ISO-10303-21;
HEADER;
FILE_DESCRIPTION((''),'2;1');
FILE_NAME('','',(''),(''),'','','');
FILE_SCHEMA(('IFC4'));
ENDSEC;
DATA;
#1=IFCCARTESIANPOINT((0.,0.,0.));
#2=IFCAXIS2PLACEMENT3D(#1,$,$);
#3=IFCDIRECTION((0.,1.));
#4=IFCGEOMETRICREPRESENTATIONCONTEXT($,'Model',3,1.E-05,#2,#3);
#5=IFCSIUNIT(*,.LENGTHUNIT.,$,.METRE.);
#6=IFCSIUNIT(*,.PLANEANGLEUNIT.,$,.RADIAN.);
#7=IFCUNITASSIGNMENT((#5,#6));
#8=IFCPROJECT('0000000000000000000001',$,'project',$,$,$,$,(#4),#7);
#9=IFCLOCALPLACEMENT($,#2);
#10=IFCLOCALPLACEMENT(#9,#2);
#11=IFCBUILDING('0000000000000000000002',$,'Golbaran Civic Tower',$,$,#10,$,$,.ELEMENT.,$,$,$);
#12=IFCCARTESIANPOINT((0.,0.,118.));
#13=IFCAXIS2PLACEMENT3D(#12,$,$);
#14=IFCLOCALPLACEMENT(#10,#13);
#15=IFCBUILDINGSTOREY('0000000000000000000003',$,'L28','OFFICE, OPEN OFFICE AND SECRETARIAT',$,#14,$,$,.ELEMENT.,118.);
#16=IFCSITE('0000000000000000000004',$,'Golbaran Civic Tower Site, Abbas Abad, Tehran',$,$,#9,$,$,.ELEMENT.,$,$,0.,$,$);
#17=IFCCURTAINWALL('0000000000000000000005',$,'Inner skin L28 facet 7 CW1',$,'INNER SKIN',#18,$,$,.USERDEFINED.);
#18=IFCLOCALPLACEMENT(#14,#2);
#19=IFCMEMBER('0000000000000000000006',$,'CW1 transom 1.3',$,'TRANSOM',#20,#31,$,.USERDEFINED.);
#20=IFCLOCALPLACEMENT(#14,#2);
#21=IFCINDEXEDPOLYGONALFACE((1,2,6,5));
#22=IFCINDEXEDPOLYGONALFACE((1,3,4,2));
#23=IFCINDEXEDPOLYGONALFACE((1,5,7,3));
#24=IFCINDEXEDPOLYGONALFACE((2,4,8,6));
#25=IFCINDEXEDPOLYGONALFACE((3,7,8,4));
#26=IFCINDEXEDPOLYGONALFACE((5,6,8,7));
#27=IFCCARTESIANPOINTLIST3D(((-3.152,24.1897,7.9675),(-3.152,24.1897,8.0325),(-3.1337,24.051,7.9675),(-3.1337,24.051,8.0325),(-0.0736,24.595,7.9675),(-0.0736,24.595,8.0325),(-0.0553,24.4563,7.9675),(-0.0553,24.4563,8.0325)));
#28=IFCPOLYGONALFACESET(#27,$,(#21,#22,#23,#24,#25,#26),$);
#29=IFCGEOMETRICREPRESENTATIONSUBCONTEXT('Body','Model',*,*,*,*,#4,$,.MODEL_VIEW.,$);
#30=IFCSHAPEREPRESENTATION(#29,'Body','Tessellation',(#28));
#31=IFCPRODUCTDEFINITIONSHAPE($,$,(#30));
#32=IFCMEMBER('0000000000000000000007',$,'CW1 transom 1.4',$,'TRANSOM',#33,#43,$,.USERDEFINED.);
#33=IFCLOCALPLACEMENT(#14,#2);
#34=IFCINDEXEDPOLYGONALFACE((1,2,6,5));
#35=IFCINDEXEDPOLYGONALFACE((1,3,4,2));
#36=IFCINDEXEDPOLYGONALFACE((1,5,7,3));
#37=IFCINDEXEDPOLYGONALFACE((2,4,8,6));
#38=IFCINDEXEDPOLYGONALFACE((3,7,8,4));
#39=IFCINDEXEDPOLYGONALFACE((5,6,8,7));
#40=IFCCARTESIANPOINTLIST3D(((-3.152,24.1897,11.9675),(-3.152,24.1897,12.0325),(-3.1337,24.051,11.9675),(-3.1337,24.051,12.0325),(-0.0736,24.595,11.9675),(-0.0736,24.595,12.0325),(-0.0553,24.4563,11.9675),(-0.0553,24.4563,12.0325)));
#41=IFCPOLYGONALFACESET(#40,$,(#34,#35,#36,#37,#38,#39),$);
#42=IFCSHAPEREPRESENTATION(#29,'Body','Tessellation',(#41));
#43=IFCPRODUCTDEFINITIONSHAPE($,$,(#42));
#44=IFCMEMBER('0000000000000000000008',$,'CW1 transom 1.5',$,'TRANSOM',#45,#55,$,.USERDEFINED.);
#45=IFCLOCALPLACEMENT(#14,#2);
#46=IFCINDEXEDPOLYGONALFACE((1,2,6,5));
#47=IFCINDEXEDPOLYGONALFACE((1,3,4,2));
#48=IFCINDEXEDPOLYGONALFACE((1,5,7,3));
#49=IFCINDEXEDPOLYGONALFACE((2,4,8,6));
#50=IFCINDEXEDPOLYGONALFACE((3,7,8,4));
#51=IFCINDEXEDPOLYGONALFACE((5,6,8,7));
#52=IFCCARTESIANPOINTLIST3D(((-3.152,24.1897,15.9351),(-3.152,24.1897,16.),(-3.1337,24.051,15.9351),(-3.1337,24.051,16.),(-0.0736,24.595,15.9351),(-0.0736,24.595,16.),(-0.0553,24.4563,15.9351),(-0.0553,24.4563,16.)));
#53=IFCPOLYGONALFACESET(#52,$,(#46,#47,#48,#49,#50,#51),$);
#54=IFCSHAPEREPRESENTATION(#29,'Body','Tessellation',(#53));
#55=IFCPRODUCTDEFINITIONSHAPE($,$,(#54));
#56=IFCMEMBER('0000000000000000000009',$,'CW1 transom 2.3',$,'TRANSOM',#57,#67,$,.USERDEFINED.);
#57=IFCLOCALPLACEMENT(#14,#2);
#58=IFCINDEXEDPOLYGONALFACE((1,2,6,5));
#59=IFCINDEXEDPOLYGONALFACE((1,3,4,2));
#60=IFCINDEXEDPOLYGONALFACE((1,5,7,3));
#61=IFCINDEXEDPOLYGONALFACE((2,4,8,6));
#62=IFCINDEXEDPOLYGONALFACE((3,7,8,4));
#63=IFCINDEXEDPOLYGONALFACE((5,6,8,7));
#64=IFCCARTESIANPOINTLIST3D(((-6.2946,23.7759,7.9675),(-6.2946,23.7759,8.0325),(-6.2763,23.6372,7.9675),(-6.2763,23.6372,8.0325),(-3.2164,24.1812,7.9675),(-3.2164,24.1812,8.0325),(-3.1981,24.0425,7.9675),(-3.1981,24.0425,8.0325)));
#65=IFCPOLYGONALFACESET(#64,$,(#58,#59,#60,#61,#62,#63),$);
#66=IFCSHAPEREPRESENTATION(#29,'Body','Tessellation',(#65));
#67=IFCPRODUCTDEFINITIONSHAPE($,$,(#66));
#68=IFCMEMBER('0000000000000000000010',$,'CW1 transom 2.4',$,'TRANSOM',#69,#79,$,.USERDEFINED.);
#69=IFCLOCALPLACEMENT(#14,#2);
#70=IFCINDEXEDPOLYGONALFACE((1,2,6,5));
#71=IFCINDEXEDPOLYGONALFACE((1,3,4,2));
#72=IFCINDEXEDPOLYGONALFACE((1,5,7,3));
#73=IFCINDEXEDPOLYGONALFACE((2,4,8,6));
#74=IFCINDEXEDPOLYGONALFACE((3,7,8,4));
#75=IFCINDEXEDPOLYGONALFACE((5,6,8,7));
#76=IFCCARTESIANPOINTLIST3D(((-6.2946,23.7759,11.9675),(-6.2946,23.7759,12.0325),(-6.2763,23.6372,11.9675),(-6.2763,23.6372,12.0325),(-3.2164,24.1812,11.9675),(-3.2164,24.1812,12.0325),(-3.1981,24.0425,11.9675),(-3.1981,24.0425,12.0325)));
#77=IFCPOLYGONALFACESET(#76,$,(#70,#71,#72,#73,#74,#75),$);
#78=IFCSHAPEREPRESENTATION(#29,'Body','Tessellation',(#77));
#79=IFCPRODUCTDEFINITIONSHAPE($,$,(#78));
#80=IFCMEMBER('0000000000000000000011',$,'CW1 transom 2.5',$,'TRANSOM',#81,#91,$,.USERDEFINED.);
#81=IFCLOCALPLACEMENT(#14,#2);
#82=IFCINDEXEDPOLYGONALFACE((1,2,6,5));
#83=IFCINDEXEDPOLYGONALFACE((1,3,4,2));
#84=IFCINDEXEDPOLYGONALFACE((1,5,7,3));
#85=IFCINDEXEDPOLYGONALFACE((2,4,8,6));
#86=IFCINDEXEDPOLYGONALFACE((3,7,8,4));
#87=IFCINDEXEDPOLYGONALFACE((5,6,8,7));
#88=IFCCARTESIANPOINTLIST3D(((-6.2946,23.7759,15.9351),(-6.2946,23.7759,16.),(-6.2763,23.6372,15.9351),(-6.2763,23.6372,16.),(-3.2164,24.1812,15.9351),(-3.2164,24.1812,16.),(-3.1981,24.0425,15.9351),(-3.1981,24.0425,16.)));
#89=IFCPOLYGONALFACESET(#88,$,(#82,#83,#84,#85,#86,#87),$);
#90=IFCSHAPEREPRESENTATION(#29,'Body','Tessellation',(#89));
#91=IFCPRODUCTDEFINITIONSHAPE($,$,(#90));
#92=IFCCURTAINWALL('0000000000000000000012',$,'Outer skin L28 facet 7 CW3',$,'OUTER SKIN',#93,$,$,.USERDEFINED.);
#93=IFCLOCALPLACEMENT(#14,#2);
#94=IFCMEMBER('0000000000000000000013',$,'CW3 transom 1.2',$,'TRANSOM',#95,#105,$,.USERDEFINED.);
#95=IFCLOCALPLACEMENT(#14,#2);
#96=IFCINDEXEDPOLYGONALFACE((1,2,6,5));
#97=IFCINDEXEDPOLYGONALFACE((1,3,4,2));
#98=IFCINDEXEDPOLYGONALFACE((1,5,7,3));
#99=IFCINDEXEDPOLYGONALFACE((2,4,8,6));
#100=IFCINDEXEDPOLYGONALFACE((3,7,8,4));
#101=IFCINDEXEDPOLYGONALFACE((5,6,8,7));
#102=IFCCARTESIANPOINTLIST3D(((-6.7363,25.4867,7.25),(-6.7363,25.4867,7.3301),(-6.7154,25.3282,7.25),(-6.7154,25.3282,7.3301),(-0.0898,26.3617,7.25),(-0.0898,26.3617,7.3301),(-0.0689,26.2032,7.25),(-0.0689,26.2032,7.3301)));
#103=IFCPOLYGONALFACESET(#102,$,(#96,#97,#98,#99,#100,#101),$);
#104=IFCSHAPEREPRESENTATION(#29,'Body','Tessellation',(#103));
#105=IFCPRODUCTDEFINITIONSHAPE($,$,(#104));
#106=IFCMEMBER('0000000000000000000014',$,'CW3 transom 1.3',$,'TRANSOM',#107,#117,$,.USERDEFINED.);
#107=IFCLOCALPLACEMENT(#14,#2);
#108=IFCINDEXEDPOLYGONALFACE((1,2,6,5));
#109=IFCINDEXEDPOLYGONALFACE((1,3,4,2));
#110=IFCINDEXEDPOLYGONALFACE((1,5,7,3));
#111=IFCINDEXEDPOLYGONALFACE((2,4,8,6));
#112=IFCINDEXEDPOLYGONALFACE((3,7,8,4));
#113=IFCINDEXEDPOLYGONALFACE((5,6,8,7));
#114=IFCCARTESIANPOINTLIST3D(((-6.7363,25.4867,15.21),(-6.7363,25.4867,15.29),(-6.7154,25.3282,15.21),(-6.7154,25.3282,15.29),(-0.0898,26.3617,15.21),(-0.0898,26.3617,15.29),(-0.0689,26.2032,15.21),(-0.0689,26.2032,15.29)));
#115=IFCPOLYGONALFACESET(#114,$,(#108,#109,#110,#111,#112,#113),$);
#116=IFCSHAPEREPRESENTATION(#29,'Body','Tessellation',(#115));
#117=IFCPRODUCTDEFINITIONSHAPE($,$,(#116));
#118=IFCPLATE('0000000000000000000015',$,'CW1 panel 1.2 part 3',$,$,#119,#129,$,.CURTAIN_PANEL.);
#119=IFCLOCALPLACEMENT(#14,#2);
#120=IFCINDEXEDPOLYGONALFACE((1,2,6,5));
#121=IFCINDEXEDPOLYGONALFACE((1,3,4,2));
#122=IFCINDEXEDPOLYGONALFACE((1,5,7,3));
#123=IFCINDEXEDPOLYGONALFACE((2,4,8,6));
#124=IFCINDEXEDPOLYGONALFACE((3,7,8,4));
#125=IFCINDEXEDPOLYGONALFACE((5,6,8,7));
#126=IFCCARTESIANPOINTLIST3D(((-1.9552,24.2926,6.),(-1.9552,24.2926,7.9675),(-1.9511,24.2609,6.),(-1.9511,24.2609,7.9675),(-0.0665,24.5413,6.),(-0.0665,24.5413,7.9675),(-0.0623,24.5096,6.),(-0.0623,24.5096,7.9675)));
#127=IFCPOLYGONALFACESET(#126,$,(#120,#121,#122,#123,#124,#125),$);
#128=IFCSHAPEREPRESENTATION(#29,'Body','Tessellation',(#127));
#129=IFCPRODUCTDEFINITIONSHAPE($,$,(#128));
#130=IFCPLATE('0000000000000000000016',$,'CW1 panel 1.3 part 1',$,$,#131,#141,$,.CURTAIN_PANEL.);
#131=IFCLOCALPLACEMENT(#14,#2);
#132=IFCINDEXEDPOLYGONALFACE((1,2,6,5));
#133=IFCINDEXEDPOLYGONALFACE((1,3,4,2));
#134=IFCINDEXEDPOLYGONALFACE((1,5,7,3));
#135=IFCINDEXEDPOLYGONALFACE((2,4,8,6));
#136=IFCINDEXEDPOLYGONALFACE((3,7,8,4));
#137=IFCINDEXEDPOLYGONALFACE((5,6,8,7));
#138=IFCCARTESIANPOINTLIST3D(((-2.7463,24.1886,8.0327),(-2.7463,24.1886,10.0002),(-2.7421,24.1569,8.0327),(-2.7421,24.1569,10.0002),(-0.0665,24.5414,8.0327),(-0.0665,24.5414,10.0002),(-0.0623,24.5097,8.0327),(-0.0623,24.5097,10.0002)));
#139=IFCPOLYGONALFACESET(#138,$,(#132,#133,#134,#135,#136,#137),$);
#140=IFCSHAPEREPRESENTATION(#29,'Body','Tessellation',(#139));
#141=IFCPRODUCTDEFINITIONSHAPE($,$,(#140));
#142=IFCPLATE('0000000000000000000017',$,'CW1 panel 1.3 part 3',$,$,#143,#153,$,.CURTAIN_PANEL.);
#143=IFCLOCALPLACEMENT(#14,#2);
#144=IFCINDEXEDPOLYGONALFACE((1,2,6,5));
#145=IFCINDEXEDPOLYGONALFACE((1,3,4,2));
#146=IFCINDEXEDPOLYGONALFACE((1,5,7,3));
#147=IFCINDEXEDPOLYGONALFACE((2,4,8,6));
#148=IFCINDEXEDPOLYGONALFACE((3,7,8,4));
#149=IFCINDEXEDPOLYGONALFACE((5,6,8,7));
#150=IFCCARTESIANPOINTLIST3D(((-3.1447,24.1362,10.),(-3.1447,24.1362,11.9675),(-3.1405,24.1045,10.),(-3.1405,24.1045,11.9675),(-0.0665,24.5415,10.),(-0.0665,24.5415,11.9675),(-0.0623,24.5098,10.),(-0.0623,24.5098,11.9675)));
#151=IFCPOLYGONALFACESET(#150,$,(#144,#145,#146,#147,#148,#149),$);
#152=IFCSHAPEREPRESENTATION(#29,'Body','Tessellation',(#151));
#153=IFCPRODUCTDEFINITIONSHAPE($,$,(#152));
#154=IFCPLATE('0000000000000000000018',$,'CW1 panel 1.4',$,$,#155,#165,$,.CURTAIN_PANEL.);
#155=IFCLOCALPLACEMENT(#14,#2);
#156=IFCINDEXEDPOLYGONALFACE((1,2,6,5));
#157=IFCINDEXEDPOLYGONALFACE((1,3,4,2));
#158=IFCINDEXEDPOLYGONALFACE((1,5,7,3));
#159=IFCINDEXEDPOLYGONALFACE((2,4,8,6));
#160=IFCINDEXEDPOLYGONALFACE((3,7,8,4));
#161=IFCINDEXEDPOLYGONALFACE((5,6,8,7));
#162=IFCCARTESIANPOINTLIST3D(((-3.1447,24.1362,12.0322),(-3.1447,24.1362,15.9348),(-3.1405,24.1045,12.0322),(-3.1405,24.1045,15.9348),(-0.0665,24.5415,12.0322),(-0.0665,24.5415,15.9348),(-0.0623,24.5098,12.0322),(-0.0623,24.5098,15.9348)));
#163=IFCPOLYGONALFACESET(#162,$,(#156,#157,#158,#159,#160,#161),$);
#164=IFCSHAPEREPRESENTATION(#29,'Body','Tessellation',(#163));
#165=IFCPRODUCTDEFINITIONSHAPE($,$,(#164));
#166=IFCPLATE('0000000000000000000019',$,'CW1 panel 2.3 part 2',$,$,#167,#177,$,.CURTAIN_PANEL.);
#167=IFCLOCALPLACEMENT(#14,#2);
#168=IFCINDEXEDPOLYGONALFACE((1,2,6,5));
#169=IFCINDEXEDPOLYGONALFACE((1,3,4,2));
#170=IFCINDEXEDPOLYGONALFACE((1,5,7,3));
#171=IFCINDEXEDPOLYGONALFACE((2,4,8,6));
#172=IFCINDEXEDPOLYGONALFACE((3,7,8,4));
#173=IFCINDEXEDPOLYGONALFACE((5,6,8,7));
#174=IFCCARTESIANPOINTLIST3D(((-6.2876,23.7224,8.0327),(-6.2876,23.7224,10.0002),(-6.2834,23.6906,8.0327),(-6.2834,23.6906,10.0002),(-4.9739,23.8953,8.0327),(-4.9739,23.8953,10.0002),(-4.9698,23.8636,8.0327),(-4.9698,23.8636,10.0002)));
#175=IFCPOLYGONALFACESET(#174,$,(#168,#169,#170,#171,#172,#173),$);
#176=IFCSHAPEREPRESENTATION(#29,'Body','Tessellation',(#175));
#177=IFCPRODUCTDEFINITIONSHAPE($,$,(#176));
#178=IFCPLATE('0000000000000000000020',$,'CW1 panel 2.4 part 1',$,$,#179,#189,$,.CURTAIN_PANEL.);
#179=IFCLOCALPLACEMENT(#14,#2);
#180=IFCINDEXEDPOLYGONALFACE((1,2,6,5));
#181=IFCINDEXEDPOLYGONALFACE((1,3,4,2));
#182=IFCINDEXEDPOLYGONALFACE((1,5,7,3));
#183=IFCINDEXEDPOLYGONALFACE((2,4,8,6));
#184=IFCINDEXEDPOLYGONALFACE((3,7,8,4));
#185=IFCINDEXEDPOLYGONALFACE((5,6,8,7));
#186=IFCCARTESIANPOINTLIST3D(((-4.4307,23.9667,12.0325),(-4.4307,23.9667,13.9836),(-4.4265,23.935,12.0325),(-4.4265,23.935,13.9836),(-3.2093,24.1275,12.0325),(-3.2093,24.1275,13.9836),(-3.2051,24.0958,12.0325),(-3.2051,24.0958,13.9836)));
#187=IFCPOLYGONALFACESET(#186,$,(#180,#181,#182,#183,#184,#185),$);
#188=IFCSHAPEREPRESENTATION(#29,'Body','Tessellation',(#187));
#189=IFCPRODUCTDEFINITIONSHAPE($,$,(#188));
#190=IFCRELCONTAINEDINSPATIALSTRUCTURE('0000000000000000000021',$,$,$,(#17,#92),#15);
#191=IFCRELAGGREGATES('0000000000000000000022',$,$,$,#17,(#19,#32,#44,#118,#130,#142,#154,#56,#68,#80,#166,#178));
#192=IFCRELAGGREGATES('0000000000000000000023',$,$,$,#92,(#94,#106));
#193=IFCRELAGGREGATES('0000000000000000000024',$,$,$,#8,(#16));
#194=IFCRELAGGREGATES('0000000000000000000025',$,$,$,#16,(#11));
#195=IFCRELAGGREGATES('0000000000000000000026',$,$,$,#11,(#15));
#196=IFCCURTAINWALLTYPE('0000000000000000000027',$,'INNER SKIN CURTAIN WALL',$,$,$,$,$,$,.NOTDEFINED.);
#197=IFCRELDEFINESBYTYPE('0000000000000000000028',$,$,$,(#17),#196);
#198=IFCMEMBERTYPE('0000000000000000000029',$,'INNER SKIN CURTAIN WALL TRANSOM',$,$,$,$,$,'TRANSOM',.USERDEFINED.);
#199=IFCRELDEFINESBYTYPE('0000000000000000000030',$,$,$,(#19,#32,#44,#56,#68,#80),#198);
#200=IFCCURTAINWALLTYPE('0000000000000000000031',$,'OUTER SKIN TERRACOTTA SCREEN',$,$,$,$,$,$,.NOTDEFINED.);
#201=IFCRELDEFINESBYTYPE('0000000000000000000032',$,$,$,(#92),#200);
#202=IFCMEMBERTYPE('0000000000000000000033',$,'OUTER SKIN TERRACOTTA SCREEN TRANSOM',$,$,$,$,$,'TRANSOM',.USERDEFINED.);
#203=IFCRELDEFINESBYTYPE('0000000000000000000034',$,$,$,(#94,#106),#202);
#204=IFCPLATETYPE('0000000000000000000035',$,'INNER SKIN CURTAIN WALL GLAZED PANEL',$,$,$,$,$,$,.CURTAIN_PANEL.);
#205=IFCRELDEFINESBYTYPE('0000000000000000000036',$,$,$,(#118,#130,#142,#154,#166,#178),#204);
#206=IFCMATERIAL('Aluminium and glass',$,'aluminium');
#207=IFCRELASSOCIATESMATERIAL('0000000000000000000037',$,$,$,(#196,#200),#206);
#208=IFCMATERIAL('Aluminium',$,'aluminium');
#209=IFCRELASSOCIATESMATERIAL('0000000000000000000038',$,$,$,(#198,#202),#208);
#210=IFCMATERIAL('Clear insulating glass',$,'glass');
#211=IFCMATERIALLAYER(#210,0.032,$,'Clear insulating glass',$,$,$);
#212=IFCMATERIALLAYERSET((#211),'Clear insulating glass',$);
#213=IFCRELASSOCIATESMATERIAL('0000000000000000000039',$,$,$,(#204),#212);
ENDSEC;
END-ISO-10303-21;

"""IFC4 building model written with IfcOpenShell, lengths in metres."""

from ifc_helpers import new_model, si_unit, direction, frame, origin, origin_2d, place, context, subcontext, project, spatial, rectangle, extrude, material, layer, layer_set, material_profile, profile_set, type_object, element, aggregate, save


model = new_model("IFC4")

# Units and contexts
model_context = context("Model", 3, precision=1e-05, world=origin(), true_north=direction((0.0, 1.0)))
body_context = subcontext(model_context, "Body", "Model", "MODEL_VIEW")
ifc_project = project(units=[si_unit("LENGTHUNIT", "METRE"), si_unit("PLANEANGLEUNIT", "RADIAN")], contexts=[model_context])

# Site, building, storey
site_placement = place(None, origin())
site = spatial("IfcSite", under=ifc_project, at=site_placement, Name="Golbaran Civic Tower Site, Abbas Abad, Tehran", CompositionType="ELEMENT", RefElevation=0.0)
building_placement = place(site_placement, origin())
building = spatial("IfcBuilding", under=site, at=building_placement, Name="Golbaran Civic Tower", CompositionType="ELEMENT")
storey_placement = place(building_placement, frame((0.0, 0.0, 118.0)))
storey = spatial("IfcBuildingStorey", under=building, at=storey_placement, Name="L28", Description="OFFICE, OPEN OFFICE AND SECRETARIAT", CompositionType="ELEMENT", Elevation=118.0)

# Curtain walls, members
ifc_material_1 = material(Name="Aluminium and glass", Category="aluminium")
curtain_wall_type_1 = type_object("IfcCurtainWallType", Name="INNER SKIN CURTAIN WALL", PredefinedType="NOTDEFINED", material=ifc_material_1)
curtain_wall_1_placement = place(storey_placement, origin())
curtain_wall_1 = element("IfcCurtainWall", 1, at=curtain_wall_1_placement, inside=storey, type_object=curtain_wall_type_1, Name="Inner skin L28 facet 7 CW1", ObjectType="INNER SKIN", PredefinedType="USERDEFINED")
ifc_material_2 = material(Name="Aluminium", Category="aluminium")
ifc_material_profile_1 = material_profile(ifc_material_2, rectangle(XDim=0.1399, YDim=0.0649, at=origin_2d()), Name="INNER SKIN CURTAIN WALL TRANSOM")
ifc_profile_set_1 = profile_set([ifc_material_profile_1], Name="Aluminium")
member_type_1 = type_object("IfcMemberType", Name="INNER SKIN CURTAIN WALL TRANSOM", ElementType="TRANSOM", PredefinedType="USERDEFINED", material=ifc_profile_set_1)
member_1_placement = place(storey_placement, frame((-0.0645, 24.5256, 8.0), z_axis=(-0.991445, -0.130526, 0.0), x_axis=(0.130526, -0.991445, 0.0)))
member_1 = element("IfcMember", 2, at=member_1_placement, type_object=member_type_1, Name="CW1 transom 1.3", ObjectType="TRANSOM", PredefinedType="USERDEFINED", context=body_context, shape_type="SweptSolid", body=[
    extrude(rectangle(XDim=0.1399, YDim=0.0649, at=origin_2d()), origin(), (0.0, 0.0, 1.0), 3.105),
])
member_2_placement = place(storey_placement, frame((-0.0645, 24.5256, 12.0), z_axis=(-0.991445, -0.130526, 0.0), x_axis=(0.130526, -0.991445, 0.0)))
member_2 = element("IfcMember", 3, at=member_2_placement, type_object=member_type_1, Name="CW1 transom 1.4", ObjectType="TRANSOM", PredefinedType="USERDEFINED", context=body_context, shape_type="SweptSolid", body=[
    extrude(rectangle(XDim=0.1399, YDim=0.0649, at=origin_2d()), origin(), (0.0, 0.0, 1.0), 3.105),
])
member_3_placement = place(storey_placement, frame((-0.0645, 24.5256, 15.9675), z_axis=(-0.991445, -0.130526, 0.0), x_axis=(0.130526, -0.991445, 0.0)))
member_3 = element("IfcMember", 4, at=member_3_placement, type_object=member_type_1, Name="CW1 transom 1.5", ObjectType="TRANSOM", PredefinedType="USERDEFINED", context=body_context, shape_type="SweptSolid", body=[
    extrude(rectangle(XDim=0.1399, YDim=0.0649, at=origin_2d()), origin(), (0.0, 0.0, 1.0), 3.105),
])
member_4_placement = place(storey_placement, frame((-3.2073, 24.1118, 8.0), z_axis=(-0.991444, -0.130536, 0.0), x_axis=(0.130536, -0.991444, 0.0)))
member_4 = element("IfcMember", 5, at=member_4_placement, type_object=member_type_1, Name="CW1 transom 2.3", ObjectType="TRANSOM", PredefinedType="USERDEFINED", context=body_context, shape_type="SweptSolid", body=[
    extrude(rectangle(XDim=0.1399, YDim=0.0649, at=origin_2d()), origin(), (0.0, 0.0, 1.0), 3.1047),
])
member_5_placement = place(storey_placement, frame((-3.2073, 24.1118, 12.0), z_axis=(-0.991444, -0.130536, 0.0), x_axis=(0.130536, -0.991444, 0.0)))
member_5 = element("IfcMember", 6, at=member_5_placement, type_object=member_type_1, Name="CW1 transom 2.4", ObjectType="TRANSOM", PredefinedType="USERDEFINED", context=body_context, shape_type="SweptSolid", body=[
    extrude(rectangle(XDim=0.1399, YDim=0.0649, at=origin_2d()), origin(), (0.0, 0.0, 1.0), 3.1047),
])
member_6_placement = place(storey_placement, frame((-3.2073, 24.1118, 15.9675), z_axis=(-0.991444, -0.130536, 0.0), x_axis=(0.130536, -0.991444, 0.0)))
member_6 = element("IfcMember", 7, at=member_6_placement, type_object=member_type_1, Name="CW1 transom 2.5", ObjectType="TRANSOM", PredefinedType="USERDEFINED", context=body_context, shape_type="SweptSolid", body=[
    extrude(rectangle(XDim=0.1399, YDim=0.0649, at=origin_2d()), origin(), (0.0, 0.0, 1.0), 3.1047),
])
curtain_wall_type_2 = type_object("IfcCurtainWallType", Name="OUTER SKIN TERRACOTTA SCREEN", PredefinedType="NOTDEFINED", material=ifc_material_1)
curtain_wall_2_placement = place(storey_placement, origin())
curtain_wall_2 = element("IfcCurtainWall", 8, at=curtain_wall_2_placement, inside=storey, type_object=curtain_wall_type_2, Name="Outer skin L28 facet 7 CW3", ObjectType="OUTER SKIN", PredefinedType="USERDEFINED")
ifc_material_profile_2 = material_profile(ifc_material_2, rectangle(XDim=0.1599, YDim=0.0801, at=origin_2d()), Name="OUTER SKIN TERRACOTTA SCREEN TRANSOM")
ifc_profile_set_2 = profile_set([ifc_material_profile_2], Name="Aluminium")
member_type_2 = type_object("IfcMemberType", Name="OUTER SKIN TERRACOTTA SCREEN TRANSOM", ElementType="TRANSOM", PredefinedType="USERDEFINED", material=ifc_profile_set_2)
member_7_placement = place(storey_placement, frame((-0.0793, 26.2825, 7.29), z_axis=(-0.991445, -0.130522, 0.0), x_axis=(0.130522, -0.991445, 0.0)))
member_7 = element("IfcMember", 9, at=member_7_placement, type_object=member_type_2, Name="CW3 transom 1.2", ObjectType="TRANSOM", PredefinedType="USERDEFINED", context=body_context, shape_type="SweptSolid", body=[
    extrude(rectangle(XDim=0.1599, YDim=0.0801, at=origin_2d()), origin(), (0.0, 0.0, 1.0), 6.7039),
])
member_8_placement = place(storey_placement, frame((-0.0793, 26.2825, 15.25), z_axis=(-0.991445, -0.130522, 0.0), x_axis=(0.130522, -0.991445, 0.0)))
member_8 = element("IfcMember", 10, at=member_8_placement, type_object=member_type_2, Name="CW3 transom 1.3", ObjectType="TRANSOM", PredefinedType="USERDEFINED", context=body_context, shape_type="SweptSolid", body=[
    extrude(rectangle(XDim=0.1599, YDim=0.0801, at=origin_2d()), origin(), (0.0, 0.0, 1.0), 6.7039),
])

# Plates
ifc_material_3 = material(Name="Clear insulating glass", Category="glass")
ifc_layer_1 = layer(ifc_material_3, 0.032, Name="Clear insulating glass")
ifc_layer_set_1 = layer_set([ifc_layer_1], Name="Clear insulating glass")
plate_type_1 = type_object("IfcPlateType", Name="INNER SKIN CURTAIN WALL GLAZED PANEL", PredefinedType="CURTAIN_PANEL", material=ifc_layer_set_1)
plate_1_placement = place(storey_placement, frame((-1.0088, 24.4011, 6.0), z_axis=(0.0, 0.0, 1.0), x_axis=(-0.991445, -0.130526, 0.0)))
plate_1 = element("IfcPlate", 11, at=plate_1_placement, type_object=plate_type_1, Name="CW1 panel 1.2 part 3", PredefinedType="CURTAIN_PANEL", context=body_context, shape_type="SweptSolid", body=[
    extrude(rectangle(XDim=1.905, YDim=0.032, at=origin_2d()), origin(), (0.0, 0.0, 1.0), 1.9675),
])
plate_2_placement = place(storey_placement, frame((-1.4043, 24.3491, 8.0327), z_axis=(0.0, 0.0, 1.0), x_axis=(-0.991445, -0.130526, 0.0)))
plate_2 = element("IfcPlate", 12, at=plate_2_placement, type_object=plate_type_1, Name="CW1 panel 1.3 part 1", PredefinedType="CURTAIN_PANEL", context=body_context, shape_type="SweptSolid", body=[
    extrude(rectangle(XDim=2.7029, YDim=0.032, at=origin_2d()), origin(), (0.0, 0.0, 1.0), 1.9675),
])
plate_3_placement = place(storey_placement, frame((-1.6035, 24.323, 10.0), z_axis=(0.0, 0.0, 1.0), x_axis=(-0.991445, -0.130526, 0.0)))
plate_3 = element("IfcPlate", 13, at=plate_3_placement, type_object=plate_type_1, Name="CW1 panel 1.3 part 3", PredefinedType="CURTAIN_PANEL", context=body_context, shape_type="SweptSolid", body=[
    extrude(rectangle(XDim=3.1047, YDim=0.032, at=origin_2d()), origin(), (0.0, 0.0, 1.0), 1.9675),
])
plate_4_placement = place(storey_placement, frame((-1.6035, 24.323, 12.0322), z_axis=(0.0, 0.0, 1.0), x_axis=(-0.991445, -0.130526, 0.0)))
plate_4 = element("IfcPlate", 14, at=plate_4_placement, type_object=plate_type_1, Name="CW1 panel 1.4", PredefinedType="CURTAIN_PANEL", context=body_context, shape_type="SweptSolid", body=[
    extrude(rectangle(XDim=3.1047, YDim=0.032, at=origin_2d()), origin(), (0.0, 0.0, 1.0), 3.9026),
])
plate_5_placement = place(storey_placement, frame((-5.6287, 23.793, 8.0327), z_axis=(0.0, 0.0, 1.0), x_axis=(-0.991445, -0.130526, 0.0)))
plate_5 = element("IfcPlate", 15, at=plate_5_placement, type_object=plate_type_1, Name="CW1 panel 2.3 part 2", PredefinedType="CURTAIN_PANEL", context=body_context, shape_type="SweptSolid", body=[
    extrude(rectangle(XDim=1.325, YDim=0.032, at=origin_2d()), origin(), (0.0, 0.0, 1.0), 1.9675),
])
plate_6_placement = place(storey_placement, frame((-3.8179, 24.0312, 12.0325), z_axis=(0.0, 0.0, 1.0), x_axis=(-0.991445, -0.130526, 0.0)))
plate_6 = element("IfcPlate", 16, at=plate_6_placement, type_object=plate_type_1, Name="CW1 panel 2.4 part 1", PredefinedType="CURTAIN_PANEL", context=body_context, shape_type="SweptSolid", body=[
    extrude(rectangle(XDim=1.2319, YDim=0.032, at=origin_2d()), origin(), (0.0, 0.0, 1.0), 1.9512),
])
aggregate(curtain_wall_1, [member_1, member_2, member_3, plate_1, plate_2, plate_3, plate_4, member_4, member_5, member_6, plate_5, plate_6])
aggregate(curtain_wall_2, [member_7, member_8])

save(model, "model.ifc")
